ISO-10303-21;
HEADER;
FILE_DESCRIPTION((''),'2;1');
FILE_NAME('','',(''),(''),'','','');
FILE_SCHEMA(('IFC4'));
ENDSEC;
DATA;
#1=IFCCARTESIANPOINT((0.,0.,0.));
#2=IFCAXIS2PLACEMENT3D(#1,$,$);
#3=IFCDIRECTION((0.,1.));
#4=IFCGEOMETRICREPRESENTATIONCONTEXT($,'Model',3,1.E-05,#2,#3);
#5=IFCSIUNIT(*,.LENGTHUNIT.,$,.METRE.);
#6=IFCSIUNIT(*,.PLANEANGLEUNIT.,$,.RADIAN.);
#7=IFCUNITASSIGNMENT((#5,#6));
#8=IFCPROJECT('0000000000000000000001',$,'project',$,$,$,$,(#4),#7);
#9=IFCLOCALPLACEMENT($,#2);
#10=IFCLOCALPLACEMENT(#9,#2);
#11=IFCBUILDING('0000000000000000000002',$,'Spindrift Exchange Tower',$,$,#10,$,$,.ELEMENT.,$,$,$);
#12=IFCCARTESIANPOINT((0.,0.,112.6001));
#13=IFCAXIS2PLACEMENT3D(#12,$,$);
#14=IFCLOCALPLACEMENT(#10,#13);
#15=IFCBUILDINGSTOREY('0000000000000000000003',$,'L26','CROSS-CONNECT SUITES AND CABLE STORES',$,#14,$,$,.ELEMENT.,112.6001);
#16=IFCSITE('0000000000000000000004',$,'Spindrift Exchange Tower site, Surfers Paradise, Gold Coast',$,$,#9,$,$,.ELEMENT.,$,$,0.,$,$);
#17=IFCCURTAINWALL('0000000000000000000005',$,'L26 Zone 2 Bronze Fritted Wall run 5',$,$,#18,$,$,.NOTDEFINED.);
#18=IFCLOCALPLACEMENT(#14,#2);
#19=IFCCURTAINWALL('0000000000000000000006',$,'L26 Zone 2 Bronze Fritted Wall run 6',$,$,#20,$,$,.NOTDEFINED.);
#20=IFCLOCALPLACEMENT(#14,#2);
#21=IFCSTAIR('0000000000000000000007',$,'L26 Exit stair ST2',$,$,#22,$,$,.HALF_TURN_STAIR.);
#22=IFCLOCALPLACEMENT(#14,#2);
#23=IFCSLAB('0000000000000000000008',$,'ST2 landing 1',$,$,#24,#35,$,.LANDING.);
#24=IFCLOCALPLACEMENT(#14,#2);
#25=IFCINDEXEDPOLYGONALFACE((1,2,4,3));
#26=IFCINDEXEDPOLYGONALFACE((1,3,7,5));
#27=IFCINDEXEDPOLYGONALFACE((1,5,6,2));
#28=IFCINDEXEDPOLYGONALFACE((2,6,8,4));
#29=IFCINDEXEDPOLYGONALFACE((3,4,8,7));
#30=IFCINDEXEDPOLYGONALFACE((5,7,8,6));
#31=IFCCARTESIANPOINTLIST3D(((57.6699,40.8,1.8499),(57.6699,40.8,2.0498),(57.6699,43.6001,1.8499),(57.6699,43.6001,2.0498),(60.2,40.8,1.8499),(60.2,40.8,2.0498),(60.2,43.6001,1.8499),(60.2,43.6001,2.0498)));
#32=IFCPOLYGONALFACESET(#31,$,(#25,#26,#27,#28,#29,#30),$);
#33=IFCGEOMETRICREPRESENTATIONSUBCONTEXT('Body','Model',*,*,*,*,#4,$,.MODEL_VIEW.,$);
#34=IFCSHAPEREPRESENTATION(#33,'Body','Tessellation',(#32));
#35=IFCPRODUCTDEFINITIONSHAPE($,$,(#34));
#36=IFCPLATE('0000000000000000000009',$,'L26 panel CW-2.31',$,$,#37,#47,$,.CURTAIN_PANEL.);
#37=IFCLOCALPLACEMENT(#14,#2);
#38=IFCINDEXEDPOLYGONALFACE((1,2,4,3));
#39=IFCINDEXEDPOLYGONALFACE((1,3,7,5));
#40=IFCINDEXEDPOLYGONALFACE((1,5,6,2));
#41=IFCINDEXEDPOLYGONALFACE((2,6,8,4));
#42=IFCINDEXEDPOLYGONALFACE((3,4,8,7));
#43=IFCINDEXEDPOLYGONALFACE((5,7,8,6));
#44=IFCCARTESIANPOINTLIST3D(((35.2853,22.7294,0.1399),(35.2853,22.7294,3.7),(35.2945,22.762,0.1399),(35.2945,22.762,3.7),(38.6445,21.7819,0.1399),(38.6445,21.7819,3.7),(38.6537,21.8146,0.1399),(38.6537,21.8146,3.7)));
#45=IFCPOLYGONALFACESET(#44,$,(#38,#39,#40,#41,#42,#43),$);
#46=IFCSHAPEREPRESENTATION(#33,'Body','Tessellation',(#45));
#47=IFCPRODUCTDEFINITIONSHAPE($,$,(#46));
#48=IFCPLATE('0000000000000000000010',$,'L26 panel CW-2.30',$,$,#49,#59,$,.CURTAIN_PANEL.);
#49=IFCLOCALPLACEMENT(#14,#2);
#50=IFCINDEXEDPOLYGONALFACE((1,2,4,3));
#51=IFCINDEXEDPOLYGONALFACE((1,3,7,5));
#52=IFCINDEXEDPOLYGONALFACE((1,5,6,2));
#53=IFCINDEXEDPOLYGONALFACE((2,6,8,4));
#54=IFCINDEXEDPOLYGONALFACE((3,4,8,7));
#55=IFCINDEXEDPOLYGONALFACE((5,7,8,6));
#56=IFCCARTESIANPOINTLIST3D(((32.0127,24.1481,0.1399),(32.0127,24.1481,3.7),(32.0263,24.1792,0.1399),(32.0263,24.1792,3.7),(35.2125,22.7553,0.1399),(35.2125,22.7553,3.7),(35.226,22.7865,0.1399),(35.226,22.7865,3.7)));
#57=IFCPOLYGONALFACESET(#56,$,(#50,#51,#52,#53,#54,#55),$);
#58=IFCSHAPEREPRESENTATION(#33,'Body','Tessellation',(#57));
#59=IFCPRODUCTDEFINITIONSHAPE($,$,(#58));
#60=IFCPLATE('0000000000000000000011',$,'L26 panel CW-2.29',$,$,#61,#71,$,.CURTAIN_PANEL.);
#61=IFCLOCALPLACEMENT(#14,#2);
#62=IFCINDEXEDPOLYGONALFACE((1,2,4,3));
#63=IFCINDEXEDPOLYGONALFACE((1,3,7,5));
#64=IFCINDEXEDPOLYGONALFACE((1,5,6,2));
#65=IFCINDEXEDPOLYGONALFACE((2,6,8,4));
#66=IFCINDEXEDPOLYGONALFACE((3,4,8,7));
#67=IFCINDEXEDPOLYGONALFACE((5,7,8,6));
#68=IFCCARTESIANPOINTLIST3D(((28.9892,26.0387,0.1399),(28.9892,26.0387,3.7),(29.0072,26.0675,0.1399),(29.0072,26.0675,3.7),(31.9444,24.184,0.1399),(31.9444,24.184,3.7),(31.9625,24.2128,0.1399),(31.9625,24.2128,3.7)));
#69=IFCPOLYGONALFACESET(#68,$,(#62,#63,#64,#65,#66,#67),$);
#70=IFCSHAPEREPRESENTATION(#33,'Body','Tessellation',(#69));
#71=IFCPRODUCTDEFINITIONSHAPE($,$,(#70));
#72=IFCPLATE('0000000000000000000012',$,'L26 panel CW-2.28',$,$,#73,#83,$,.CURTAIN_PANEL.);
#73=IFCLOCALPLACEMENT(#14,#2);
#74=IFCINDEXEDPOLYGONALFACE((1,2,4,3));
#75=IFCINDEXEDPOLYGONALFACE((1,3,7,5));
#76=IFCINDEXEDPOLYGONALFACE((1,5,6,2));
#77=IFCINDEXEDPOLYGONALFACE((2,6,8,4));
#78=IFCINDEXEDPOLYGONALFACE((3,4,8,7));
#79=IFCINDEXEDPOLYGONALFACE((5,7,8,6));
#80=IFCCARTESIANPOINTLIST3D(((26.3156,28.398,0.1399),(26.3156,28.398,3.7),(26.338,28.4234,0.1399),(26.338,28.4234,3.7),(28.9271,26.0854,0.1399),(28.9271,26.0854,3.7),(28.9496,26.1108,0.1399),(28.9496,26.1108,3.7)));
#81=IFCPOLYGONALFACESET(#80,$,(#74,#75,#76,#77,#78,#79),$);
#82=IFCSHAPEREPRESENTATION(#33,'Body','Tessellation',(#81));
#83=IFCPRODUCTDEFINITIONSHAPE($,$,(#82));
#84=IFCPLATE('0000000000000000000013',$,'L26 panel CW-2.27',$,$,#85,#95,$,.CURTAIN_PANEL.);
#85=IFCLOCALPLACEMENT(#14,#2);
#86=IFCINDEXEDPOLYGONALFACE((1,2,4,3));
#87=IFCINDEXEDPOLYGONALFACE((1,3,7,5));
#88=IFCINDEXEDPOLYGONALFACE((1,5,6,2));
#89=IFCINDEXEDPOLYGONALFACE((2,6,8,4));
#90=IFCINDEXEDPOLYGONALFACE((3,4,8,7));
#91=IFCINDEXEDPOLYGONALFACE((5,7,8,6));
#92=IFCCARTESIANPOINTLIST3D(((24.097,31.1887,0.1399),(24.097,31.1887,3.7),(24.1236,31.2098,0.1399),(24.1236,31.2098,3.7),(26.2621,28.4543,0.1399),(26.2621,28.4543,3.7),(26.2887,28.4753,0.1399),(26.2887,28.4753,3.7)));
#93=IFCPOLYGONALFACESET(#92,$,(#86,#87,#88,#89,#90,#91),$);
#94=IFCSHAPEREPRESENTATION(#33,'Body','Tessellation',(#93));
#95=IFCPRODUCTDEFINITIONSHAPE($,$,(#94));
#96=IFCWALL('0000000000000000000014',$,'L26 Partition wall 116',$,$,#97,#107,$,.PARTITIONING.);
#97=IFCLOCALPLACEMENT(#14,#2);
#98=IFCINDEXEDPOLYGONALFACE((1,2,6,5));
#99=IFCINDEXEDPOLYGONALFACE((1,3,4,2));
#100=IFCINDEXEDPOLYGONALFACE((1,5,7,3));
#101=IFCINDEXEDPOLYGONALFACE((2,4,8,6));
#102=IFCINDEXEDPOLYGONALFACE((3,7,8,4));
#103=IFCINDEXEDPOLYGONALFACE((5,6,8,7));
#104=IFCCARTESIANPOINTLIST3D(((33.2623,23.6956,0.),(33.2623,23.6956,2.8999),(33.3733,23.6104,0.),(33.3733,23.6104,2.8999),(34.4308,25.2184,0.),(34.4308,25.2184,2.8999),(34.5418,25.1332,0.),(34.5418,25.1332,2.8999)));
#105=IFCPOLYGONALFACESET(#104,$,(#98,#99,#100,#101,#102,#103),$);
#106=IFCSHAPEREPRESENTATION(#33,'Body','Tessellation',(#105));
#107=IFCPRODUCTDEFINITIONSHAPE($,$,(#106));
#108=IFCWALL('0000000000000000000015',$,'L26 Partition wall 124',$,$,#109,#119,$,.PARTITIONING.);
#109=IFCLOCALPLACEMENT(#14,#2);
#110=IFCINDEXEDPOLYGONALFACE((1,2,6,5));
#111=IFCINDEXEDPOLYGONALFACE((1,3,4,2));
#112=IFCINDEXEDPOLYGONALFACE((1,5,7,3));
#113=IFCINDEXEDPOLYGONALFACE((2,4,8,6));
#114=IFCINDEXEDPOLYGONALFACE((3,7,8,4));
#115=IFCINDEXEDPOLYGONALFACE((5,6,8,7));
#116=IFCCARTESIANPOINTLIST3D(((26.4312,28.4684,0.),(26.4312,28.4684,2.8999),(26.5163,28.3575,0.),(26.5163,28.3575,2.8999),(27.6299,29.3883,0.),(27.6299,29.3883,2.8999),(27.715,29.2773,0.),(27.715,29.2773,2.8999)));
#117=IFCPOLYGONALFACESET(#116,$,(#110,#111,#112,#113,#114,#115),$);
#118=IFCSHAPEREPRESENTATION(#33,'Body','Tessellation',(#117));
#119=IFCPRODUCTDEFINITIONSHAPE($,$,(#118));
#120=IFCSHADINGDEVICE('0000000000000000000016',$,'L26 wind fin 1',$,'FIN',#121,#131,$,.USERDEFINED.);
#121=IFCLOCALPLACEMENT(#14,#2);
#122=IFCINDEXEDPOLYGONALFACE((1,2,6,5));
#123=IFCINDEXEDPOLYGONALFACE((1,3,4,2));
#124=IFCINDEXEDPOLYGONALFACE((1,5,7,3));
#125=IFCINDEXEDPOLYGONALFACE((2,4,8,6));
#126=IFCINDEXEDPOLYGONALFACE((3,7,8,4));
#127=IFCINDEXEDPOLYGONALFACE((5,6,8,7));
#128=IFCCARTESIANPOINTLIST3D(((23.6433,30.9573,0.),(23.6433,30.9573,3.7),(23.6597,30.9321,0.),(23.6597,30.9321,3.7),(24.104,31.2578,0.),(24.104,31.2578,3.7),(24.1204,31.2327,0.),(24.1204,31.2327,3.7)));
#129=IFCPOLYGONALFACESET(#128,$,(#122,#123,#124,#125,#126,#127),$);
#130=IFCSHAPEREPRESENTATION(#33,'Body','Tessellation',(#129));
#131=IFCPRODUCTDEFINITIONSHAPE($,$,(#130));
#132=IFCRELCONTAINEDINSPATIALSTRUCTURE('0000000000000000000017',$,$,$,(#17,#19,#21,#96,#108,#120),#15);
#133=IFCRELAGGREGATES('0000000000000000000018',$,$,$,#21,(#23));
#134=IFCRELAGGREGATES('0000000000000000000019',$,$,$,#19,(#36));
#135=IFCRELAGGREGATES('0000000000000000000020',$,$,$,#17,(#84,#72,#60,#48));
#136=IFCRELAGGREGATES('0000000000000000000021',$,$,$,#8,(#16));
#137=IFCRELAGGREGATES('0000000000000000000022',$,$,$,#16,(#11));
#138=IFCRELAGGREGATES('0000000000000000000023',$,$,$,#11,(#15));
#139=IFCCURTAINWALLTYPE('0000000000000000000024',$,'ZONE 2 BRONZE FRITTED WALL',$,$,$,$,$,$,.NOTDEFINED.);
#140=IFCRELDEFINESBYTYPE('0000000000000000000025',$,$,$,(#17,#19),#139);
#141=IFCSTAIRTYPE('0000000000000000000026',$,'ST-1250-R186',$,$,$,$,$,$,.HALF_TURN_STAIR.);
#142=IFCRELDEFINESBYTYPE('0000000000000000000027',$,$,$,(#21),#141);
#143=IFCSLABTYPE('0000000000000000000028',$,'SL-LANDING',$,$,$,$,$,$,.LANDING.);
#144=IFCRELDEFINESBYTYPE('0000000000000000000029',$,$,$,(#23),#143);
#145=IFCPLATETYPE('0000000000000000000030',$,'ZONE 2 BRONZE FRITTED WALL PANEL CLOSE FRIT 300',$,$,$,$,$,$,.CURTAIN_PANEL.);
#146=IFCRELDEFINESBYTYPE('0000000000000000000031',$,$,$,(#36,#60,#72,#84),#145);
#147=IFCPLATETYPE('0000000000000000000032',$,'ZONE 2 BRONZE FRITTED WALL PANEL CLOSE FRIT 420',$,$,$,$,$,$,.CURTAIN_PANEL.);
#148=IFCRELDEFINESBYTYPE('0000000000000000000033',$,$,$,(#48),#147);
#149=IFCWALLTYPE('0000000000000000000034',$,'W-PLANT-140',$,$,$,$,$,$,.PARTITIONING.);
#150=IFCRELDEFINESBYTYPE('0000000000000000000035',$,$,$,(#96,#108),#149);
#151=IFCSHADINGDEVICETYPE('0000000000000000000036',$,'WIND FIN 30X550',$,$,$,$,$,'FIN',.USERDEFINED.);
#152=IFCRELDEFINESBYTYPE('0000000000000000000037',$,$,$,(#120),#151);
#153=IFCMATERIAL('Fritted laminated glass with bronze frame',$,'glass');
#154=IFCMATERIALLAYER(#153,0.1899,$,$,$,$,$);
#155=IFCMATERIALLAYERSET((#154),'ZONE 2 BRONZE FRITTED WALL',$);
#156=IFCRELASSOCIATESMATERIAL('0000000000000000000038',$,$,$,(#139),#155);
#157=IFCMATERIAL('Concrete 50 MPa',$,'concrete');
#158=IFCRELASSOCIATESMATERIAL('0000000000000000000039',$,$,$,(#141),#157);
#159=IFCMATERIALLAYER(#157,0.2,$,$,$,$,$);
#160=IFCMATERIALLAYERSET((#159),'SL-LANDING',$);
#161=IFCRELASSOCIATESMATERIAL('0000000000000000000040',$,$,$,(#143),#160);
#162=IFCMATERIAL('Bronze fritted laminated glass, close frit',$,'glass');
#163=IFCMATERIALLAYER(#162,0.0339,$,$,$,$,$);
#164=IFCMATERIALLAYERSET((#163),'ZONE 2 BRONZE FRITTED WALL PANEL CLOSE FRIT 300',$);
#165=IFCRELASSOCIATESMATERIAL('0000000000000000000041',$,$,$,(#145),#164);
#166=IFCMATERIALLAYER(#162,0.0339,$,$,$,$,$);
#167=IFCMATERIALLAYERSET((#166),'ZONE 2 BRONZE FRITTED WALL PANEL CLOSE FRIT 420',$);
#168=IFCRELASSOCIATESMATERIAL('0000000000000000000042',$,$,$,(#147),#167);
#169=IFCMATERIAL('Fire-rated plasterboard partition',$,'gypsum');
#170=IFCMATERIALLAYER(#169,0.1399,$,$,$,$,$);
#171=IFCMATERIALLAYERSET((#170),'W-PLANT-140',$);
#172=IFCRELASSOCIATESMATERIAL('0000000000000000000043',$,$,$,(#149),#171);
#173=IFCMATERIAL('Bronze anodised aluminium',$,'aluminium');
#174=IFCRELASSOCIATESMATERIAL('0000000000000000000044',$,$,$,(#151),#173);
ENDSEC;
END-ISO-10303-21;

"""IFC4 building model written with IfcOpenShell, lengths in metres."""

from ifc_helpers import new_model, si_unit, direction, frame, frame_2d, origin, origin_2d, place, context, subcontext, project, spatial, line, indexed_curve, rectangle, outline, extrude, source, transform, mapped, material, layer, layer_set, material_profile, profile_set, type_object, element, aggregate, save


model = new_model("IFC4")

# Units and contexts
model_context = context("Model", 3, precision=1e-05, world=origin(), true_north=direction((0.0, 1.0)))
body_context = subcontext(model_context, "Body", "Model", "MODEL_VIEW")
ifc_project = project(units=[si_unit("LENGTHUNIT", "METRE"), si_unit("PLANEANGLEUNIT", "RADIAN")], contexts=[model_context])

# Site, building, storey
site_placement = place(None, origin())
site = spatial("IfcSite", under=ifc_project, at=site_placement, Name="Spindrift Exchange Tower site, Surfers Paradise, Gold Coast", CompositionType="ELEMENT", RefElevation=0.0)
building_placement = place(site_placement, origin())
building = spatial("IfcBuilding", under=site, at=building_placement, Name="Spindrift Exchange Tower", CompositionType="ELEMENT")
storey_placement = place(building_placement, frame((0.0, 0.0, 112.6001)))
storey = spatial("IfcBuildingStorey", under=building, at=storey_placement, Name="L26", Description="CROSS-CONNECT SUITES AND CABLE STORES", CompositionType="ELEMENT", Elevation=112.6001)

# Curtain walls
ifc_material_1 = material(Name="Fritted laminated glass with bronze frame", Category="glass")
ifc_layer_1 = layer(ifc_material_1, 0.1899)
ifc_layer_set_1 = layer_set([ifc_layer_1], Name="ZONE 2 BRONZE FRITTED WALL")
curtain_wall_type = type_object("IfcCurtainWallType", Name="ZONE 2 BRONZE FRITTED WALL", PredefinedType="NOTDEFINED", material=ifc_layer_set_1)
curtain_wall_1_placement = place(storey_placement, origin())
curtain_wall_1 = element("IfcCurtainWall", 1, at=curtain_wall_1_placement, inside=storey, type_object=curtain_wall_type, Name="L26 Zone 2 Bronze Fritted Wall run 5", PredefinedType="NOTDEFINED")
ifc_material_2 = material(Name="Bronze anodised aluminium", Category="aluminium")
curtain_wall_2_placement = place(storey_placement, origin())
curtain_wall_2 = element("IfcCurtainWall", 2, at=curtain_wall_2_placement, inside=storey, type_object=curtain_wall_type, Name="L26 Zone 2 Bronze Fritted Wall run 6", PredefinedType="NOTDEFINED")

# Shared definitions
ifc_material_3 = material(Name="Concrete 50 MPa", Category="concrete")

# Stair, slab
stair_type = type_object("IfcStairType", Name="ST-1250-R186", PredefinedType="HALF_TURN_STAIR", material=ifc_material_3)
ifc_layer_2 = layer(ifc_material_3, 0.2)
ifc_layer_set_2 = layer_set([ifc_layer_2], Name="SL-LANDING")
slab_type_1 = type_object("IfcSlabType", Name="SL-LANDING", PredefinedType="LANDING", material=ifc_layer_set_2)
stair_1_placement = place(storey_placement, origin())
stair_1 = element("IfcStair", 3, at=stair_1_placement, inside=storey, type_object=stair_type, Name="L26 Exit stair ST2", PredefinedType="HALF_TURN_STAIR")
slab_1_placement = place(storey_placement, frame((0.0, 0.0, 1.8499)))
slab_1 = element("IfcSlab", 4, at=slab_1_placement, type_object=slab_type_1, Name="ST2 landing 1", PredefinedType="LANDING", context=body_context, shape_type="SweptSolid", body=[
    extrude(outline(indexed_curve([(57.6699, 43.6001), (60.2, 43.6001), (60.2, 40.8), (57.6699, 40.8)], segments=[line(1, 2, 3, 4, 1)], self_intersect=False)), origin(), (0.0, 0.0, 1.0), 0.2),
])
aggregate(stair_1, [slab_1])

# Plates
ifc_material_4 = material(Name="Bronze fritted laminated glass, close frit", Category="glass")
ifc_layer_3 = layer(ifc_material_4, 0.0339)
ifc_layer_set_3 = layer_set([ifc_layer_3], Name="ZONE 2 BRONZE FRITTED WALL PANEL CLOSE FRIT 300")
plate_type_1 = type_object("IfcPlateType", Name="ZONE 2 BRONZE FRITTED WALL PANEL CLOSE FRIT 300", PredefinedType="CURTAIN_PANEL", material=ifc_layer_set_3)
shared_shape_1 = source(origin(), body_context, "Body", "SweptSolid", [
    extrude(rectangle(XDim=3.4902, YDim=0.0339, at=origin_2d()), origin(), (0.0, 0.0, 1.0), 3.5601),
])
plate_1_placement = place(storey_placement, frame((36.9695, 22.272, 0.1399), z_axis=(0.0, 0.0, 1.0), x_axis=(0.962452, -0.271452, 0.0)))
plate_1 = element("IfcPlate", 5, at=plate_1_placement, type_object=plate_type_1, Name="L26 panel CW-2.31", PredefinedType="CURTAIN_PANEL", context=body_context, shape_type="MappedRepresentation", body=[
    mapped(shared_shape_1, transform((0.0, 0.0, 0.0), scale=1.0)),
])
aggregate(curtain_wall_2, [plate_1])
ifc_layer_4 = layer(ifc_material_4, 0.0339)
ifc_layer_set_4 = layer_set([ifc_layer_4], Name="ZONE 2 BRONZE FRITTED WALL PANEL CLOSE FRIT 420")
plate_type_2 = type_object("IfcPlateType", Name="ZONE 2 BRONZE FRITTED WALL PANEL CLOSE FRIT 420", PredefinedType="CURTAIN_PANEL", material=ifc_layer_set_4)
shared_shape_2 = source(origin(), body_context, "Body", "SweptSolid", [
    extrude(rectangle(XDim=3.4897, YDim=0.0339, at=origin_2d()), origin(), (0.0, 0.0, 1.0), 3.5601),
])
plate_2_placement = place(storey_placement, frame((33.6194, 23.4673, 0.1399), z_axis=(0.0, 0.0, 1.0), x_axis=(0.916905, -0.399106, 0.0)))
plate_2 = element("IfcPlate", 6, at=plate_2_placement, type_object=plate_type_2, Name="L26 panel CW-2.30", PredefinedType="CURTAIN_PANEL", context=body_context, shape_type="MappedRepresentation", body=[
    mapped(shared_shape_2, transform((0.0, 0.0, 0.0), scale=1.0)),
])
shared_shape_3 = source(origin(), body_context, "Body", "SweptSolid", [
    extrude(rectangle(XDim=3.489, YDim=0.0339, at=origin_2d()), origin(), (0.0, 0.0, 1.0), 3.5601),
])
plate_3_placement = place(storey_placement, frame((30.4758, 25.1257, 0.1399), z_axis=(0.0, 0.0, 1.0), x_axis=(0.847007, -0.531582, 0.0)))
plate_3 = element("IfcPlate", 7, at=plate_3_placement, type_object=plate_type_1, Name="L26 panel CW-2.29", PredefinedType="CURTAIN_PANEL", context=body_context, shape_type="MappedRepresentation", body=[
    mapped(shared_shape_3, transform((0.0, 0.0, 0.0), scale=1.0)),
])
shared_shape_4 = source(origin(), body_context, "Body", "SweptSolid", [
    extrude(rectangle(XDim=3.4883, YDim=0.0339, at=origin_2d()), origin(), (0.0, 0.0, 1.0), 3.5601),
])
plate_4_placement = place(storey_placement, frame((27.6326, 27.2544, 0.1399), z_axis=(0.0, 0.0, 1.0), x_axis=(0.74866, -0.662955, 0.0)))
plate_4 = element("IfcPlate", 8, at=plate_4_placement, type_object=plate_type_1, Name="L26 panel CW-2.28", PredefinedType="CURTAIN_PANEL", context=body_context, shape_type="MappedRepresentation", body=[
    mapped(shared_shape_4, transform((0.0, 0.0, 0.0), scale=1.0)),
])
shared_shape_5 = source(origin(), body_context, "Body", "SweptSolid", [
    extrude(rectangle(XDim=3.4878, YDim=0.0339, at=origin_2d()), origin(), (0.0, 0.0, 1.0), 3.5601),
])
plate_5_placement = place(storey_placement, frame((25.1929, 29.832, 0.1399), z_axis=(0.0, 0.0, 1.0), x_axis=(0.620761, -0.784, 0.0)))
plate_5 = element("IfcPlate", 9, at=plate_5_placement, type_object=plate_type_1, Name="L26 panel CW-2.27", PredefinedType="CURTAIN_PANEL", context=body_context, shape_type="MappedRepresentation", body=[
    mapped(shared_shape_5, transform((0.0, 0.0, 0.0), scale=1.0)),
])
aggregate(curtain_wall_1, [plate_5, plate_4, plate_3, plate_2])

# Walls
ifc_material_5 = material(Name="Fire-rated plasterboard partition", Category="gypsum")
ifc_layer_5 = layer(ifc_material_5, 0.1399)
ifc_layer_set_5 = layer_set([ifc_layer_5], Name="W-PLANT-140")
wall_type = type_object("IfcWallType", Name="W-PLANT-140", PredefinedType="PARTITIONING", material=ifc_layer_set_5)
wall_1_placement = place(storey_placement, frame((34.4863, 25.1758, 0.0), z_axis=(0.0, 0.0, 1.0), x_axis=(-0.608776, -0.793342, 0.0)))
element("IfcWall", 10, at=wall_1_placement, inside=storey, type_object=wall_type, Name="L26 Partition wall 116", PredefinedType="PARTITIONING", context=body_context, shape_type="SweptSolid", body=[
    extrude(rectangle(XDim=1.9194, YDim=0.1399, at=frame_2d((0.9597, 0.0))), origin(), (0.0, 0.0, 1.0), 2.8999),
])
wall_2_placement = place(storey_placement, frame((27.6724, 29.3328, 0.0), z_axis=(0.0, 0.0, 1.0), x_axis=(-0.79332, -0.608805, 0.0)))
element("IfcWall", 11, at=wall_2_placement, inside=storey, type_object=wall_type, Name="L26 Partition wall 124", PredefinedType="PARTITIONING", context=body_context, shape_type="SweptSolid", body=[
    extrude(rectangle(XDim=1.511, YDim=0.1399, at=frame_2d((0.7554, 0.0))), origin(), (0.0, 0.0, 1.0), 2.8999),
])

# Shading device
ifc_material_profile_1 = material_profile(ifc_material_2, rectangle(XDim=0.03, YDim=0.55, at=origin_2d()), Name="WIND FIN 30X550")
ifc_profile_set_1 = profile_set([ifc_material_profile_1], Name="Bronze anodised aluminium")
shading_device_type = type_object("IfcShadingDeviceType", Name="WIND FIN 30X550", ElementType="FIN", PredefinedType="USERDEFINED", material=ifc_profile_set_1)
shared_shape_6 = source(origin(), body_context, "Body", "SweptSolid", [
    extrude(rectangle(XDim=0.03, YDim=0.55, at=origin_2d()), origin(), (0.0, 0.0, 1.0), 3.7),
])
shading_device_placement = place(storey_placement, frame((23.8818, 31.095, 0.0), z_axis=(0.0, 0.0, 1.0), x_axis=(0.546353, -0.837555, 0.0)))
element("IfcShadingDevice", 12, at=shading_device_placement, inside=storey, type_object=shading_device_type, Name="L26 wind fin 1", ObjectType="FIN", PredefinedType="USERDEFINED", context=body_context, shape_type="MappedRepresentation", body=[
    mapped(shared_shape_6, transform((0.0, 0.0, 0.0), scale=1.0)),
])

save(model, "model.ifc")
